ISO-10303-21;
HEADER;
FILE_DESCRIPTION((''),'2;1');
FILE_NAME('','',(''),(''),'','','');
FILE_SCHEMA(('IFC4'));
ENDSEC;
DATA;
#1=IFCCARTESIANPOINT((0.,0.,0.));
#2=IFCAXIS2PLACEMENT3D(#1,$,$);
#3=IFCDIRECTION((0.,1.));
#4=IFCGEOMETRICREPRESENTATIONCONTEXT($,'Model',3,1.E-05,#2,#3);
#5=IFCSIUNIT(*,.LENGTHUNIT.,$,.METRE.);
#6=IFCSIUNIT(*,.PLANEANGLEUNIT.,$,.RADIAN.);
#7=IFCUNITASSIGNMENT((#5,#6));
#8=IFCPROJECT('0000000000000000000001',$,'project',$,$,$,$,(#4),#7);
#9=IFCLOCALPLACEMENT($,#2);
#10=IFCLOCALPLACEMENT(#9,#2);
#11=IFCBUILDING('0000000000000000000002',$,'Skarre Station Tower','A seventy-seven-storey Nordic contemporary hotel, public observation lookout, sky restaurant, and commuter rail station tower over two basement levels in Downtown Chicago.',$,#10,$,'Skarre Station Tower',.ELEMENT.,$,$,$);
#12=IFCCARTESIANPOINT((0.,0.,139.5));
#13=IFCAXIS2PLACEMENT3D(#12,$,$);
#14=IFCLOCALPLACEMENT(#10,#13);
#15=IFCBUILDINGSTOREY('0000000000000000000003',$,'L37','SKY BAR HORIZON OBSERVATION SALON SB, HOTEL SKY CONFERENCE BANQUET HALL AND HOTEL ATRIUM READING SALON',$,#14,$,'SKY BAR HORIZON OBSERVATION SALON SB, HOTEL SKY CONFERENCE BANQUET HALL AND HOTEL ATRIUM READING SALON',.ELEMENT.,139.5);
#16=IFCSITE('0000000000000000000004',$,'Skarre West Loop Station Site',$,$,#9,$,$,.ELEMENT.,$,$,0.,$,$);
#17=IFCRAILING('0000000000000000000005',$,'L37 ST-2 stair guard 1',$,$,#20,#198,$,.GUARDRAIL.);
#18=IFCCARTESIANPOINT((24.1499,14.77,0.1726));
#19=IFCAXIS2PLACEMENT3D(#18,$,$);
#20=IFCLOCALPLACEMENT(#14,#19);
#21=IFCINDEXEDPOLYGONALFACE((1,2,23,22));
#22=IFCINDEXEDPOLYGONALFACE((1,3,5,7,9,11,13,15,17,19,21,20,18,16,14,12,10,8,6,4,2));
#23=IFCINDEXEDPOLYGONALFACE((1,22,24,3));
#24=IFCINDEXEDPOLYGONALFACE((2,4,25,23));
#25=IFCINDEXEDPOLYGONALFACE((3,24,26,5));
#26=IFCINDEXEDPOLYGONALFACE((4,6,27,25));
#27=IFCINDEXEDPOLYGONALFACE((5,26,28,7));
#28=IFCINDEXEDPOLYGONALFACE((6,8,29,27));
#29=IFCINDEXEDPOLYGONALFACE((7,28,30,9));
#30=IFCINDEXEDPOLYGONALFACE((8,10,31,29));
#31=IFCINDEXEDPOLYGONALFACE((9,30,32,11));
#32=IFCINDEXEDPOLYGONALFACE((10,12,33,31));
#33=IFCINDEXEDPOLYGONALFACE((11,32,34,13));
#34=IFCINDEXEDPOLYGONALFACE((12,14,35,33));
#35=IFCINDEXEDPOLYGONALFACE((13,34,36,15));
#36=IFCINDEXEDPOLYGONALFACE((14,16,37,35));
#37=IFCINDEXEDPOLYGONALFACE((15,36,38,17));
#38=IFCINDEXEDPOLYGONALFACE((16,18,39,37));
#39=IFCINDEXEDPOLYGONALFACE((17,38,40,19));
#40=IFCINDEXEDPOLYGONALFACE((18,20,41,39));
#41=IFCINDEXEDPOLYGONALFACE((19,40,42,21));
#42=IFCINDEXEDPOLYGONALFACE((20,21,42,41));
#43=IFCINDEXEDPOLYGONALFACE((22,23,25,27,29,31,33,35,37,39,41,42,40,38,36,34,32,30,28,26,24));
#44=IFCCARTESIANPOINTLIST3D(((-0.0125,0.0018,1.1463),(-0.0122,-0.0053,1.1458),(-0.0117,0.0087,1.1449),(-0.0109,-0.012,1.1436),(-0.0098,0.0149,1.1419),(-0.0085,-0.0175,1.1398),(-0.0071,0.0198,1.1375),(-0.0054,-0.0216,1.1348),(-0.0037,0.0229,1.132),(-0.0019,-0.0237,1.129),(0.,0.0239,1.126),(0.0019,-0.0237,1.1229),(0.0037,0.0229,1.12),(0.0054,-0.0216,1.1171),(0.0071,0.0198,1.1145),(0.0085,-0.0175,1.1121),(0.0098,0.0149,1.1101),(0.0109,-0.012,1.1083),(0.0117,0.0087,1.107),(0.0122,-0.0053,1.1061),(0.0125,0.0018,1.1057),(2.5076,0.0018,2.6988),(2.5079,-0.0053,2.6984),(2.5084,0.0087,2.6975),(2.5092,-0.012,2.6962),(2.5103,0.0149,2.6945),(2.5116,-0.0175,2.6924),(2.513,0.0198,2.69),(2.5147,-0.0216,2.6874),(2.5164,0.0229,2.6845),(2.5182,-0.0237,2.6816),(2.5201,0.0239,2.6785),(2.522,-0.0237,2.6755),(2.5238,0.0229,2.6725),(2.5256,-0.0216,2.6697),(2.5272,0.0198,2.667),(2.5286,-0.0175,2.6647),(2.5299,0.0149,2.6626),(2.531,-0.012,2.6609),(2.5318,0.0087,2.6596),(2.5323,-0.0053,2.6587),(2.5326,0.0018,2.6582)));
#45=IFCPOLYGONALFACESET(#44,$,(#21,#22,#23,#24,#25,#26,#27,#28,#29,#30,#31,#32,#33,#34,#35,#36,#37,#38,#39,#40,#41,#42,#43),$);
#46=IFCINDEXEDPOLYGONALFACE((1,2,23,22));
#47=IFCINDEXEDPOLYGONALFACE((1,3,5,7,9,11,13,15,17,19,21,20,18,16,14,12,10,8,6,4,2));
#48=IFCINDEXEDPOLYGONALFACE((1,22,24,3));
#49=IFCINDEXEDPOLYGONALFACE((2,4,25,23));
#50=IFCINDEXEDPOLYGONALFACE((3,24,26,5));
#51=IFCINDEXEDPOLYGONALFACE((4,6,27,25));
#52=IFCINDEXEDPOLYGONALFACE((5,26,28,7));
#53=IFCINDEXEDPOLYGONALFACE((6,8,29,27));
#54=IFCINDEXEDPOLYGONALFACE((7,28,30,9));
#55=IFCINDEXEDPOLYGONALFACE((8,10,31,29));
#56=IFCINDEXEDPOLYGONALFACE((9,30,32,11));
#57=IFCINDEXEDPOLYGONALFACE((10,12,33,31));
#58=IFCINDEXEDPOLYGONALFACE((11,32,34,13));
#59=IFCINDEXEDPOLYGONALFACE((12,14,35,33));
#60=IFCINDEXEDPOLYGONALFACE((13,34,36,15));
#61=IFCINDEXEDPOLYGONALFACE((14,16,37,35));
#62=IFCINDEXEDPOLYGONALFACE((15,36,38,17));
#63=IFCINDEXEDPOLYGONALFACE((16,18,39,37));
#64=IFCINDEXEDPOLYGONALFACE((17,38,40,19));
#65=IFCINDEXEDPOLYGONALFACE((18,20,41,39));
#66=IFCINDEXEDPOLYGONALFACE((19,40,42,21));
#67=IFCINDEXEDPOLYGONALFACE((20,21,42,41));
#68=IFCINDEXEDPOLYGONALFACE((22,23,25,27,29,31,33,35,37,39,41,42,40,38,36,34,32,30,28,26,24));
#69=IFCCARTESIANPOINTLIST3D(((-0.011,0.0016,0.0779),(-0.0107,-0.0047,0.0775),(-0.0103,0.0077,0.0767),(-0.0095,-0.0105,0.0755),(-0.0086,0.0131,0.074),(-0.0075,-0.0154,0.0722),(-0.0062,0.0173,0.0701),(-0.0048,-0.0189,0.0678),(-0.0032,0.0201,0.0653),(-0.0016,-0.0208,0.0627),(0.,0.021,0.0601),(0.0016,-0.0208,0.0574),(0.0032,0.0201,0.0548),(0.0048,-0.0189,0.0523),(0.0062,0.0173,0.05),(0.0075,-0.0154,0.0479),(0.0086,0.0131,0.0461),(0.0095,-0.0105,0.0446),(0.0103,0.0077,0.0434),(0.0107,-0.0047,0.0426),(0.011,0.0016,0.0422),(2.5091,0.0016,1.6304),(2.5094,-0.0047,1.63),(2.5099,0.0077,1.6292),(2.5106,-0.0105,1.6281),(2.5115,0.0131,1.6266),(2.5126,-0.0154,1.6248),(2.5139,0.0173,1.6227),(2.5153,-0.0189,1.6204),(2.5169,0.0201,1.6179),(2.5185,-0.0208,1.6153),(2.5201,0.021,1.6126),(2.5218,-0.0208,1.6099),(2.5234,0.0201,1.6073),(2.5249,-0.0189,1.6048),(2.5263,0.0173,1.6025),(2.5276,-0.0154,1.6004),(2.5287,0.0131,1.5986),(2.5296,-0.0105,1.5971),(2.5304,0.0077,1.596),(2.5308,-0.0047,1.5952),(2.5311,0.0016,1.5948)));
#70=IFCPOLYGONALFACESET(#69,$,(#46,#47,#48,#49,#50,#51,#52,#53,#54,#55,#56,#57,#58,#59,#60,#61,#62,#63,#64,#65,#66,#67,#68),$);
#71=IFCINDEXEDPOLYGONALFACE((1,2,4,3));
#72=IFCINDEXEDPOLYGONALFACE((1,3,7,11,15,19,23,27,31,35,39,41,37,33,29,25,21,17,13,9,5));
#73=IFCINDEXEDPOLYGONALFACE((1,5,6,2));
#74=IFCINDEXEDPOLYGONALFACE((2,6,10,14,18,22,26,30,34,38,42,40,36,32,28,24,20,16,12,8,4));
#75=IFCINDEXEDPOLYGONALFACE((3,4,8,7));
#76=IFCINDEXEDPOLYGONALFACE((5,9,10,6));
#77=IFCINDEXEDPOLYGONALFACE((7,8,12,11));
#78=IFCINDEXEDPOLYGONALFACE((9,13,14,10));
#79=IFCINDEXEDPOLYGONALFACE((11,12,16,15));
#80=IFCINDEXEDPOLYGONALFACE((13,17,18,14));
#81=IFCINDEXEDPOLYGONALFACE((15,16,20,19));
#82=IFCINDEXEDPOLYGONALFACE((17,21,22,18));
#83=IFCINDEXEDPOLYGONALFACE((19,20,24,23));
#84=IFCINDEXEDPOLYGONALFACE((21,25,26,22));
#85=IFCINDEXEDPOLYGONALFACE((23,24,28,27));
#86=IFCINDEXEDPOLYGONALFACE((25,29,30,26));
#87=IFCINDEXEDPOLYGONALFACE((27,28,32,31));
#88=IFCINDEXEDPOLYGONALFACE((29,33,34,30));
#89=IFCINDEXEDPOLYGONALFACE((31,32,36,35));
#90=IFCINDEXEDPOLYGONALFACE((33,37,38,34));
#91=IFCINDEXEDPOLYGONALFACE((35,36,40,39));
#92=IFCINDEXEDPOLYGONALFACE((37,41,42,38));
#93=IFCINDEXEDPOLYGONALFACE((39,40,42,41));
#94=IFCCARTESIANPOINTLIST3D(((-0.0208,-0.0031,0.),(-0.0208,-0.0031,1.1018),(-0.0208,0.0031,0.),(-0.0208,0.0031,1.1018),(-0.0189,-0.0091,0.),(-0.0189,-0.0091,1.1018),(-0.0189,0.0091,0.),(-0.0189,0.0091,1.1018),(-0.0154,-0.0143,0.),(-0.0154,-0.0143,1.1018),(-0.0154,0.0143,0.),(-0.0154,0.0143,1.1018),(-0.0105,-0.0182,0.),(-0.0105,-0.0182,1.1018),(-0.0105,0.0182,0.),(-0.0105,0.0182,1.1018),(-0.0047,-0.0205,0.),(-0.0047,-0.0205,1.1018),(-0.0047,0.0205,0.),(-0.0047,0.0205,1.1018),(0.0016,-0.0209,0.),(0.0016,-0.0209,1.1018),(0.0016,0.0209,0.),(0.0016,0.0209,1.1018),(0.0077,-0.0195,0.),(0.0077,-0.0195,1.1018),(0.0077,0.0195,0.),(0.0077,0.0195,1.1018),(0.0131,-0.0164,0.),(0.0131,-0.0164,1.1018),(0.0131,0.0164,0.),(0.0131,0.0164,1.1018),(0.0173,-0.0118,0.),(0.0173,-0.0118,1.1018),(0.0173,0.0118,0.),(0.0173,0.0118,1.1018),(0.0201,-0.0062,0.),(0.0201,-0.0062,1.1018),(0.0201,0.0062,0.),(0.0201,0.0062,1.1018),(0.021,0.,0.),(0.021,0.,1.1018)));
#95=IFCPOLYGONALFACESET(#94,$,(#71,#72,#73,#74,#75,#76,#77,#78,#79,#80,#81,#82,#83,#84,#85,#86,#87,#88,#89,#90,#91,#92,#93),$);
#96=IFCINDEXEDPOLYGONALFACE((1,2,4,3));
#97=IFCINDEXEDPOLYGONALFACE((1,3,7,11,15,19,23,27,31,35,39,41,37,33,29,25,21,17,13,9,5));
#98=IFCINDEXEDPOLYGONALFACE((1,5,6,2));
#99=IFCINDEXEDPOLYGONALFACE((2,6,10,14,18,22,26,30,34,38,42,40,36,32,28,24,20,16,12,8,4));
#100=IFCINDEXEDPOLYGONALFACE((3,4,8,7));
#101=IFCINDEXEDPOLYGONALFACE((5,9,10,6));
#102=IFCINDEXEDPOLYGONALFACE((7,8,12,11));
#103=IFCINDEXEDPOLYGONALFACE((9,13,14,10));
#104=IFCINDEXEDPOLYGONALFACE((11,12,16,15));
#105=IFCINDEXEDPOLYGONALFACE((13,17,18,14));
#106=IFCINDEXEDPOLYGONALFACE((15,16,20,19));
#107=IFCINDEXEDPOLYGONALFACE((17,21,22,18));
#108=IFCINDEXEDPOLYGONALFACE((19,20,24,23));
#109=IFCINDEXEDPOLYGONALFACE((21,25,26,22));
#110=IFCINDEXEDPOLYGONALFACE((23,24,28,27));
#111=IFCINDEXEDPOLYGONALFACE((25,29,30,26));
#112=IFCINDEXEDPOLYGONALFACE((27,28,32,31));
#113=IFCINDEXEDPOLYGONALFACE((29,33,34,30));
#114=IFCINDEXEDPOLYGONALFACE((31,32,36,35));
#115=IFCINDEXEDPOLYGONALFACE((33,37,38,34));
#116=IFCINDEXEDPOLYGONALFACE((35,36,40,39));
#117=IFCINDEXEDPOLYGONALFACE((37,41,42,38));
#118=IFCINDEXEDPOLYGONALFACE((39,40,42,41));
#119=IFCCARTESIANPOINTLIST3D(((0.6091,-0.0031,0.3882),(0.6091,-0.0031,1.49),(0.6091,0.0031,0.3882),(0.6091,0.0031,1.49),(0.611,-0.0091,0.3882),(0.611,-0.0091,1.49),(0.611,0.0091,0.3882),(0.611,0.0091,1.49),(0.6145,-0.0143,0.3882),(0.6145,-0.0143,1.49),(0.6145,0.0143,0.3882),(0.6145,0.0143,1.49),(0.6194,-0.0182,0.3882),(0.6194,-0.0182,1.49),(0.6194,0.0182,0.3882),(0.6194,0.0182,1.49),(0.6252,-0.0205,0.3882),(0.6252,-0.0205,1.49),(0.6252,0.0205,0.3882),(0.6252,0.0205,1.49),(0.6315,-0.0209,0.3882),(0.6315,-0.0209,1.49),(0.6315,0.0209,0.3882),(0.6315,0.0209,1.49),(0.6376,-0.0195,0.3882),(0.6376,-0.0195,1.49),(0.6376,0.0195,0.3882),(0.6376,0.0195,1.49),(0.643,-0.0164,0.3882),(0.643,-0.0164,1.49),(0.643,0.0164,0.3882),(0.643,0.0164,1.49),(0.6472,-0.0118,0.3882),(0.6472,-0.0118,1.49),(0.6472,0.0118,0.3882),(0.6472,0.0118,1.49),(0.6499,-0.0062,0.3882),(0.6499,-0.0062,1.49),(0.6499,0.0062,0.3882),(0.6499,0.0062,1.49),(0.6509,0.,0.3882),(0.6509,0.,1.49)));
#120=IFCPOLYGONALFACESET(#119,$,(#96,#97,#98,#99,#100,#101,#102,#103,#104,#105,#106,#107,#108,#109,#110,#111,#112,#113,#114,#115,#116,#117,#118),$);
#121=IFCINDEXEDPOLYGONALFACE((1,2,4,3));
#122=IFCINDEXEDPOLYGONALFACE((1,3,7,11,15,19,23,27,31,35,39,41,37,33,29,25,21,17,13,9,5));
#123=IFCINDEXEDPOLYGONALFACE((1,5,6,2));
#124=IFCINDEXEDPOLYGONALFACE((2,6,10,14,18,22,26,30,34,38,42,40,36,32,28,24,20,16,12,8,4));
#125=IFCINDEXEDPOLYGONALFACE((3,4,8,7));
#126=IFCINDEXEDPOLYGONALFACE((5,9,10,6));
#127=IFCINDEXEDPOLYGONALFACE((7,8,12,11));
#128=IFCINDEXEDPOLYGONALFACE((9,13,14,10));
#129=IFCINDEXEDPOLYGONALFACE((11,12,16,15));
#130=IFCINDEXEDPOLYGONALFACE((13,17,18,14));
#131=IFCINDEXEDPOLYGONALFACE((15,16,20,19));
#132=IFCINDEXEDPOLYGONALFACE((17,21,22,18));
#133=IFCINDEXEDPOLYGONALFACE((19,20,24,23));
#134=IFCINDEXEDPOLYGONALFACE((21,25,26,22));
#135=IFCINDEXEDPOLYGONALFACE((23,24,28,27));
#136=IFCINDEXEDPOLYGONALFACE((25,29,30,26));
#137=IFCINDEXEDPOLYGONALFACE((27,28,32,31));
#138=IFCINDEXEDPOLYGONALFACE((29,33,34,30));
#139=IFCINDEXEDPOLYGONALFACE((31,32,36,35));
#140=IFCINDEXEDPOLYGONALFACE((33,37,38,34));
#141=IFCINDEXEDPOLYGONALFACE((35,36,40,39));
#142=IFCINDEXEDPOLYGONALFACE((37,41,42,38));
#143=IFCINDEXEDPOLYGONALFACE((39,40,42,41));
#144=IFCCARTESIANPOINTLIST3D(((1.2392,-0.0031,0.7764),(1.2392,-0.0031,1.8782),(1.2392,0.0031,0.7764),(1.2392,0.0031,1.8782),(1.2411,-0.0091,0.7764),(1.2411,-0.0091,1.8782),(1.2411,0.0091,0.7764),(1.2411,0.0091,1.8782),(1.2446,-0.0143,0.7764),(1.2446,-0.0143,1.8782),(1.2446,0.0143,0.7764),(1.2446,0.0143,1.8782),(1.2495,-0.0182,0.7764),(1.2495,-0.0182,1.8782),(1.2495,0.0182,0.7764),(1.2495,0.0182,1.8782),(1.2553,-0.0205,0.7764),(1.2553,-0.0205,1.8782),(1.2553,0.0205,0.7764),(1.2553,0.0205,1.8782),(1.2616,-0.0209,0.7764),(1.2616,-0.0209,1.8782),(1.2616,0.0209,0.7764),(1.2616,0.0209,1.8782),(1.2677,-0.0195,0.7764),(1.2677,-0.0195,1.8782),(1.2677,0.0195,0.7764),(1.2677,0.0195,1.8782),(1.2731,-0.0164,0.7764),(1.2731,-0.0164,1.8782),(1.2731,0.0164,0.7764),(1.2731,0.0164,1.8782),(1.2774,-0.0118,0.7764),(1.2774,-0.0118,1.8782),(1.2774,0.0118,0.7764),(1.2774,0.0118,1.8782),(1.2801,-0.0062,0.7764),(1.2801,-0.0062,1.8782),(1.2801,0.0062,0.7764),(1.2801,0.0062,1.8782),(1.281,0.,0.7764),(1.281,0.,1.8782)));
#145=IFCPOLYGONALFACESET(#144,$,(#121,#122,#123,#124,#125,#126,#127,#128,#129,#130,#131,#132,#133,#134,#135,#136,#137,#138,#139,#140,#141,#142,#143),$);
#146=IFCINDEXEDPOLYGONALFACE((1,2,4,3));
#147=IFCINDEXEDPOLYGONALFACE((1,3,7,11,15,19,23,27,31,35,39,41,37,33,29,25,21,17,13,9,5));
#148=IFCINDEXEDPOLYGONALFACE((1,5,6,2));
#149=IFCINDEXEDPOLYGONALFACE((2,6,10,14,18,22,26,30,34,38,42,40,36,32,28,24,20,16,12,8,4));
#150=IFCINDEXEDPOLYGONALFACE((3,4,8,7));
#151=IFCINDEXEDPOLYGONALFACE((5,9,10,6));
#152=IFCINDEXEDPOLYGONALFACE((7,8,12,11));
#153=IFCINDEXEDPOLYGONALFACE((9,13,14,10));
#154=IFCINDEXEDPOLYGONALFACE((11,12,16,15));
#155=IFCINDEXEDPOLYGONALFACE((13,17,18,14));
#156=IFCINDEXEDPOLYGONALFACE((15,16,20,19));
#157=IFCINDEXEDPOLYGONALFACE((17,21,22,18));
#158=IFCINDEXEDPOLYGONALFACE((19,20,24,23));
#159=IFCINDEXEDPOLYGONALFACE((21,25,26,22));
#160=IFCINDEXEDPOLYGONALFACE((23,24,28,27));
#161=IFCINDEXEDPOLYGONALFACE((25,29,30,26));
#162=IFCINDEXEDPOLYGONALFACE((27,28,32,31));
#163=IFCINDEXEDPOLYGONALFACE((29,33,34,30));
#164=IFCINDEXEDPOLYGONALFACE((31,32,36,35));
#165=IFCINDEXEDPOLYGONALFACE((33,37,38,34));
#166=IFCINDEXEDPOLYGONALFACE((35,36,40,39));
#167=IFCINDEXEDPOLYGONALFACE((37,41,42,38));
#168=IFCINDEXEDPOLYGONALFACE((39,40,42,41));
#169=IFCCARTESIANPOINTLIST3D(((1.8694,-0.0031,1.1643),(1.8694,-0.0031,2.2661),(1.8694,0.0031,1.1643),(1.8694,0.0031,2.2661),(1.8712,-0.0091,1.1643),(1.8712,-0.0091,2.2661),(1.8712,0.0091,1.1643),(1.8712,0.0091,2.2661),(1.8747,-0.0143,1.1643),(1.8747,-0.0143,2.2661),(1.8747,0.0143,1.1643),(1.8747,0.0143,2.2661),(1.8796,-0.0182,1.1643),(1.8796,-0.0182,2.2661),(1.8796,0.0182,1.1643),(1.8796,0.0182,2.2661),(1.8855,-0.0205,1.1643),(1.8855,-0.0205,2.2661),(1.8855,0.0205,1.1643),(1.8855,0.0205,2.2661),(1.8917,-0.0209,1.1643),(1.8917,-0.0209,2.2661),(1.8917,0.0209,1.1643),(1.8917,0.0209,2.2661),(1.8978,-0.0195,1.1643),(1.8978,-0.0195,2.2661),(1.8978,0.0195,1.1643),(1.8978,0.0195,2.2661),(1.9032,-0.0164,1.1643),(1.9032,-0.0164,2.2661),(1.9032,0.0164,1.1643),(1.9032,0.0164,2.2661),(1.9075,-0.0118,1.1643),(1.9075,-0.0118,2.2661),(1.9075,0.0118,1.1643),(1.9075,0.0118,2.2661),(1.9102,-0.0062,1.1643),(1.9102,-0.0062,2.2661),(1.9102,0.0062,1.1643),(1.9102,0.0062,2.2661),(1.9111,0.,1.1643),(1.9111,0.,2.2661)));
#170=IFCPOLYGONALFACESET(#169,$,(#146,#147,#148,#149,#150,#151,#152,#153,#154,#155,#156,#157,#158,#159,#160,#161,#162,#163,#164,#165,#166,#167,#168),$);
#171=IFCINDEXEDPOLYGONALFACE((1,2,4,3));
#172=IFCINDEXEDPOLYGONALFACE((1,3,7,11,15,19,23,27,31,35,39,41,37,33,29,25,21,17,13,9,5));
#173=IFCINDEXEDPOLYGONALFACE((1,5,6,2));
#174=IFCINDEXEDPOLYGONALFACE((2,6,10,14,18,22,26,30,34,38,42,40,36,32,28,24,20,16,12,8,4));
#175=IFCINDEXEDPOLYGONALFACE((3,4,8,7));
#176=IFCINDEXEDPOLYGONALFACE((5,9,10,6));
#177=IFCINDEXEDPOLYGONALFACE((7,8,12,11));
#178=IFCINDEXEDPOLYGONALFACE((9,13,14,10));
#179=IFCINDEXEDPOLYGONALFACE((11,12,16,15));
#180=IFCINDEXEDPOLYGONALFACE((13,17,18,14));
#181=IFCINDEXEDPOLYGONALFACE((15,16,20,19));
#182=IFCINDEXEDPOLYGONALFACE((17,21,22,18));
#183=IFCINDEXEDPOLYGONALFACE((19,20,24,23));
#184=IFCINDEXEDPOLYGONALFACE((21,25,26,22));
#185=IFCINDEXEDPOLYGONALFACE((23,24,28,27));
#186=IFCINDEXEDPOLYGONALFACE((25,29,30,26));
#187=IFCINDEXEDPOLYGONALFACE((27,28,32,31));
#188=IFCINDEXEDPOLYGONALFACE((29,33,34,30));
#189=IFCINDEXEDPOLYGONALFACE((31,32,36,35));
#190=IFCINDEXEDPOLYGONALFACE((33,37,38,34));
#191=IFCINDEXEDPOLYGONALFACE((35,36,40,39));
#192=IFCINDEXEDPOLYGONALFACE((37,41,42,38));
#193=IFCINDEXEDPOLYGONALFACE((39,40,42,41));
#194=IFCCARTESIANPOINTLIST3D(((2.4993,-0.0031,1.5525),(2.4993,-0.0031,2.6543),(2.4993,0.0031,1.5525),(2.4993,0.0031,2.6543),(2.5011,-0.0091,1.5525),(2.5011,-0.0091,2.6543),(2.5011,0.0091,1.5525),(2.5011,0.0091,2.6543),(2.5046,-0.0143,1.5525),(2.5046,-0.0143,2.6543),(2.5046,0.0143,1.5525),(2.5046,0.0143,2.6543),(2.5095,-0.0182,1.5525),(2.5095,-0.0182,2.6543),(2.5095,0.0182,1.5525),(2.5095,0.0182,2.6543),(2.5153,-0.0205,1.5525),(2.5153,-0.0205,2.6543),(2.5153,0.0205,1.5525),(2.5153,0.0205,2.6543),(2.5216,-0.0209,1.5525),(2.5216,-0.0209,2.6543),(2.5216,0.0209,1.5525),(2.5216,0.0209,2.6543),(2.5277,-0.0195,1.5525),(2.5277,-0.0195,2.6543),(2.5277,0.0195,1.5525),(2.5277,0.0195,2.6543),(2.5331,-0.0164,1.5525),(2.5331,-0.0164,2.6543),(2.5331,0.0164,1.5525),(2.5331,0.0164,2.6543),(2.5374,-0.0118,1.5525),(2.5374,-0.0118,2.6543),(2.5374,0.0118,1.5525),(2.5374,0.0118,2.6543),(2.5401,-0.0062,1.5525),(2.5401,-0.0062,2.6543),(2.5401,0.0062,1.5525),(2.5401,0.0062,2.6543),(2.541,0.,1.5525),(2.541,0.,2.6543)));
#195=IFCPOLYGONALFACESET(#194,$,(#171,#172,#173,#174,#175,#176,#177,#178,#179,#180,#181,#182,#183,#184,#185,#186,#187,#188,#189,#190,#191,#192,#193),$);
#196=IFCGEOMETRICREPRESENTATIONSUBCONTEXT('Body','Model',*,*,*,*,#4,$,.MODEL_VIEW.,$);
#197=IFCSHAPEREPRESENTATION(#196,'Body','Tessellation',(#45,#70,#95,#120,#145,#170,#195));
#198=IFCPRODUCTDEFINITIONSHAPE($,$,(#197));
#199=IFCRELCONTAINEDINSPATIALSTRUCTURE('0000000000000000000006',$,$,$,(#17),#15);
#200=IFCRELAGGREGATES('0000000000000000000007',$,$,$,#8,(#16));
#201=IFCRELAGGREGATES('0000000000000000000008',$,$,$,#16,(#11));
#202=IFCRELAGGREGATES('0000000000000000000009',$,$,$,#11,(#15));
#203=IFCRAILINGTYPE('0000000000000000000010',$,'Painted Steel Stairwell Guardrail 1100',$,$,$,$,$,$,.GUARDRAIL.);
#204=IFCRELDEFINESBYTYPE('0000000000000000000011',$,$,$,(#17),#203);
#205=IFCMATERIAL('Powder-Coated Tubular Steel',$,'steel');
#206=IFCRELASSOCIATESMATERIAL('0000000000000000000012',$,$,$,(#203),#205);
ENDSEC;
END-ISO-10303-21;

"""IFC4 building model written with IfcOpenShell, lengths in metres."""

from ifc_helpers import new_model, si_unit, direction, frame, origin, origin_2d, place, context, subcontext, project, spatial, circle, extrude, material, type_object, element, save


model = new_model("IFC4")

# Units and contexts
model_context = context("Model", 3, precision=1e-05, world=origin(), true_north=direction((0.0, 1.0)))
body_context = subcontext(model_context, "Body", "Model", "MODEL_VIEW")
ifc_project = project(units=[si_unit("LENGTHUNIT", "METRE"), si_unit("PLANEANGLEUNIT", "RADIAN")], contexts=[model_context])

# Site, building, storey
site_placement = place(None, origin())
site = spatial("IfcSite", under=ifc_project, at=site_placement, Name="Skarre West Loop Station Site", CompositionType="ELEMENT", RefElevation=0.0)
building_placement = place(site_placement, origin())
building = spatial("IfcBuilding", under=site, at=building_placement, Name="Skarre Station Tower", Description="A seventy-seven-storey Nordic contemporary hotel, public observation lookout, sky restaurant, and commuter rail station tower over two basement levels in Downtown Chicago.", LongName="Skarre Station Tower", CompositionType="ELEMENT")
storey_placement = place(building_placement, frame((0.0, 0.0, 139.5)))
storey = spatial("IfcBuildingStorey", under=building, at=storey_placement, Name="L37", Description="SKY BAR HORIZON OBSERVATION SALON SB, HOTEL SKY CONFERENCE BANQUET HALL AND HOTEL ATRIUM READING SALON", LongName="SKY BAR HORIZON OBSERVATION SALON SB, HOTEL SKY CONFERENCE BANQUET HALL AND HOTEL ATRIUM READING SALON", CompositionType="ELEMENT", Elevation=139.5)

# Railing
ifc_material_1 = material(Name="Powder-Coated Tubular Steel", Category="steel")
railing_type_1 = type_object("IfcRailingType", Name="Painted Steel Stairwell Guardrail 1100", PredefinedType="GUARDRAIL", material=ifc_material_1)
railing_1_placement = place(storey_placement, frame((24.1499, 14.77, 0.1726)))
element("IfcRailing", 1, at=railing_1_placement, inside=storey, type_object=railing_type_1, Name="L37 ST-2 stair guard 1", PredefinedType="GUARDRAIL", context=body_context, shape_type="SweptSolid", body=[
    extrude(circle(Radius=0.0239, at=origin_2d()), frame((0.0, 0.0, 1.126), z_axis=(0.8514, 0.0, 0.524516), x_axis=(0.0, 1.0, 0.0)), (0.0, 0.0, 1.0), 2.96),
    extrude(circle(Radius=0.021, at=origin_2d()), frame((0.0, 0.0, 0.0601), z_axis=(0.8514, 0.0, 0.524516), x_axis=(0.0, 1.0, 0.0)), (0.0, 0.0, 1.0), 2.96),
    extrude(circle(Radius=0.021, at=origin_2d()), origin(), (0.0, 0.0, 1.0), 1.1018),
    extrude(circle(Radius=0.021, at=origin_2d()), frame((0.6299, 0.0, 0.3882)), (0.0, 0.0, 1.0), 1.1018),
    extrude(circle(Radius=0.021, at=origin_2d()), frame((1.26, 0.0, 0.7764)), (0.0, 0.0, 1.0), 1.1018),
    extrude(circle(Radius=0.021, at=origin_2d()), frame((1.8901, 0.0, 1.1643)), (0.0, 0.0, 1.0), 1.1018),
    extrude(circle(Radius=0.021, at=origin_2d()), frame((2.52, 0.0, 1.5525)), (0.0, 0.0, 1.0), 1.1018),
])

save(model, "model.ifc")
